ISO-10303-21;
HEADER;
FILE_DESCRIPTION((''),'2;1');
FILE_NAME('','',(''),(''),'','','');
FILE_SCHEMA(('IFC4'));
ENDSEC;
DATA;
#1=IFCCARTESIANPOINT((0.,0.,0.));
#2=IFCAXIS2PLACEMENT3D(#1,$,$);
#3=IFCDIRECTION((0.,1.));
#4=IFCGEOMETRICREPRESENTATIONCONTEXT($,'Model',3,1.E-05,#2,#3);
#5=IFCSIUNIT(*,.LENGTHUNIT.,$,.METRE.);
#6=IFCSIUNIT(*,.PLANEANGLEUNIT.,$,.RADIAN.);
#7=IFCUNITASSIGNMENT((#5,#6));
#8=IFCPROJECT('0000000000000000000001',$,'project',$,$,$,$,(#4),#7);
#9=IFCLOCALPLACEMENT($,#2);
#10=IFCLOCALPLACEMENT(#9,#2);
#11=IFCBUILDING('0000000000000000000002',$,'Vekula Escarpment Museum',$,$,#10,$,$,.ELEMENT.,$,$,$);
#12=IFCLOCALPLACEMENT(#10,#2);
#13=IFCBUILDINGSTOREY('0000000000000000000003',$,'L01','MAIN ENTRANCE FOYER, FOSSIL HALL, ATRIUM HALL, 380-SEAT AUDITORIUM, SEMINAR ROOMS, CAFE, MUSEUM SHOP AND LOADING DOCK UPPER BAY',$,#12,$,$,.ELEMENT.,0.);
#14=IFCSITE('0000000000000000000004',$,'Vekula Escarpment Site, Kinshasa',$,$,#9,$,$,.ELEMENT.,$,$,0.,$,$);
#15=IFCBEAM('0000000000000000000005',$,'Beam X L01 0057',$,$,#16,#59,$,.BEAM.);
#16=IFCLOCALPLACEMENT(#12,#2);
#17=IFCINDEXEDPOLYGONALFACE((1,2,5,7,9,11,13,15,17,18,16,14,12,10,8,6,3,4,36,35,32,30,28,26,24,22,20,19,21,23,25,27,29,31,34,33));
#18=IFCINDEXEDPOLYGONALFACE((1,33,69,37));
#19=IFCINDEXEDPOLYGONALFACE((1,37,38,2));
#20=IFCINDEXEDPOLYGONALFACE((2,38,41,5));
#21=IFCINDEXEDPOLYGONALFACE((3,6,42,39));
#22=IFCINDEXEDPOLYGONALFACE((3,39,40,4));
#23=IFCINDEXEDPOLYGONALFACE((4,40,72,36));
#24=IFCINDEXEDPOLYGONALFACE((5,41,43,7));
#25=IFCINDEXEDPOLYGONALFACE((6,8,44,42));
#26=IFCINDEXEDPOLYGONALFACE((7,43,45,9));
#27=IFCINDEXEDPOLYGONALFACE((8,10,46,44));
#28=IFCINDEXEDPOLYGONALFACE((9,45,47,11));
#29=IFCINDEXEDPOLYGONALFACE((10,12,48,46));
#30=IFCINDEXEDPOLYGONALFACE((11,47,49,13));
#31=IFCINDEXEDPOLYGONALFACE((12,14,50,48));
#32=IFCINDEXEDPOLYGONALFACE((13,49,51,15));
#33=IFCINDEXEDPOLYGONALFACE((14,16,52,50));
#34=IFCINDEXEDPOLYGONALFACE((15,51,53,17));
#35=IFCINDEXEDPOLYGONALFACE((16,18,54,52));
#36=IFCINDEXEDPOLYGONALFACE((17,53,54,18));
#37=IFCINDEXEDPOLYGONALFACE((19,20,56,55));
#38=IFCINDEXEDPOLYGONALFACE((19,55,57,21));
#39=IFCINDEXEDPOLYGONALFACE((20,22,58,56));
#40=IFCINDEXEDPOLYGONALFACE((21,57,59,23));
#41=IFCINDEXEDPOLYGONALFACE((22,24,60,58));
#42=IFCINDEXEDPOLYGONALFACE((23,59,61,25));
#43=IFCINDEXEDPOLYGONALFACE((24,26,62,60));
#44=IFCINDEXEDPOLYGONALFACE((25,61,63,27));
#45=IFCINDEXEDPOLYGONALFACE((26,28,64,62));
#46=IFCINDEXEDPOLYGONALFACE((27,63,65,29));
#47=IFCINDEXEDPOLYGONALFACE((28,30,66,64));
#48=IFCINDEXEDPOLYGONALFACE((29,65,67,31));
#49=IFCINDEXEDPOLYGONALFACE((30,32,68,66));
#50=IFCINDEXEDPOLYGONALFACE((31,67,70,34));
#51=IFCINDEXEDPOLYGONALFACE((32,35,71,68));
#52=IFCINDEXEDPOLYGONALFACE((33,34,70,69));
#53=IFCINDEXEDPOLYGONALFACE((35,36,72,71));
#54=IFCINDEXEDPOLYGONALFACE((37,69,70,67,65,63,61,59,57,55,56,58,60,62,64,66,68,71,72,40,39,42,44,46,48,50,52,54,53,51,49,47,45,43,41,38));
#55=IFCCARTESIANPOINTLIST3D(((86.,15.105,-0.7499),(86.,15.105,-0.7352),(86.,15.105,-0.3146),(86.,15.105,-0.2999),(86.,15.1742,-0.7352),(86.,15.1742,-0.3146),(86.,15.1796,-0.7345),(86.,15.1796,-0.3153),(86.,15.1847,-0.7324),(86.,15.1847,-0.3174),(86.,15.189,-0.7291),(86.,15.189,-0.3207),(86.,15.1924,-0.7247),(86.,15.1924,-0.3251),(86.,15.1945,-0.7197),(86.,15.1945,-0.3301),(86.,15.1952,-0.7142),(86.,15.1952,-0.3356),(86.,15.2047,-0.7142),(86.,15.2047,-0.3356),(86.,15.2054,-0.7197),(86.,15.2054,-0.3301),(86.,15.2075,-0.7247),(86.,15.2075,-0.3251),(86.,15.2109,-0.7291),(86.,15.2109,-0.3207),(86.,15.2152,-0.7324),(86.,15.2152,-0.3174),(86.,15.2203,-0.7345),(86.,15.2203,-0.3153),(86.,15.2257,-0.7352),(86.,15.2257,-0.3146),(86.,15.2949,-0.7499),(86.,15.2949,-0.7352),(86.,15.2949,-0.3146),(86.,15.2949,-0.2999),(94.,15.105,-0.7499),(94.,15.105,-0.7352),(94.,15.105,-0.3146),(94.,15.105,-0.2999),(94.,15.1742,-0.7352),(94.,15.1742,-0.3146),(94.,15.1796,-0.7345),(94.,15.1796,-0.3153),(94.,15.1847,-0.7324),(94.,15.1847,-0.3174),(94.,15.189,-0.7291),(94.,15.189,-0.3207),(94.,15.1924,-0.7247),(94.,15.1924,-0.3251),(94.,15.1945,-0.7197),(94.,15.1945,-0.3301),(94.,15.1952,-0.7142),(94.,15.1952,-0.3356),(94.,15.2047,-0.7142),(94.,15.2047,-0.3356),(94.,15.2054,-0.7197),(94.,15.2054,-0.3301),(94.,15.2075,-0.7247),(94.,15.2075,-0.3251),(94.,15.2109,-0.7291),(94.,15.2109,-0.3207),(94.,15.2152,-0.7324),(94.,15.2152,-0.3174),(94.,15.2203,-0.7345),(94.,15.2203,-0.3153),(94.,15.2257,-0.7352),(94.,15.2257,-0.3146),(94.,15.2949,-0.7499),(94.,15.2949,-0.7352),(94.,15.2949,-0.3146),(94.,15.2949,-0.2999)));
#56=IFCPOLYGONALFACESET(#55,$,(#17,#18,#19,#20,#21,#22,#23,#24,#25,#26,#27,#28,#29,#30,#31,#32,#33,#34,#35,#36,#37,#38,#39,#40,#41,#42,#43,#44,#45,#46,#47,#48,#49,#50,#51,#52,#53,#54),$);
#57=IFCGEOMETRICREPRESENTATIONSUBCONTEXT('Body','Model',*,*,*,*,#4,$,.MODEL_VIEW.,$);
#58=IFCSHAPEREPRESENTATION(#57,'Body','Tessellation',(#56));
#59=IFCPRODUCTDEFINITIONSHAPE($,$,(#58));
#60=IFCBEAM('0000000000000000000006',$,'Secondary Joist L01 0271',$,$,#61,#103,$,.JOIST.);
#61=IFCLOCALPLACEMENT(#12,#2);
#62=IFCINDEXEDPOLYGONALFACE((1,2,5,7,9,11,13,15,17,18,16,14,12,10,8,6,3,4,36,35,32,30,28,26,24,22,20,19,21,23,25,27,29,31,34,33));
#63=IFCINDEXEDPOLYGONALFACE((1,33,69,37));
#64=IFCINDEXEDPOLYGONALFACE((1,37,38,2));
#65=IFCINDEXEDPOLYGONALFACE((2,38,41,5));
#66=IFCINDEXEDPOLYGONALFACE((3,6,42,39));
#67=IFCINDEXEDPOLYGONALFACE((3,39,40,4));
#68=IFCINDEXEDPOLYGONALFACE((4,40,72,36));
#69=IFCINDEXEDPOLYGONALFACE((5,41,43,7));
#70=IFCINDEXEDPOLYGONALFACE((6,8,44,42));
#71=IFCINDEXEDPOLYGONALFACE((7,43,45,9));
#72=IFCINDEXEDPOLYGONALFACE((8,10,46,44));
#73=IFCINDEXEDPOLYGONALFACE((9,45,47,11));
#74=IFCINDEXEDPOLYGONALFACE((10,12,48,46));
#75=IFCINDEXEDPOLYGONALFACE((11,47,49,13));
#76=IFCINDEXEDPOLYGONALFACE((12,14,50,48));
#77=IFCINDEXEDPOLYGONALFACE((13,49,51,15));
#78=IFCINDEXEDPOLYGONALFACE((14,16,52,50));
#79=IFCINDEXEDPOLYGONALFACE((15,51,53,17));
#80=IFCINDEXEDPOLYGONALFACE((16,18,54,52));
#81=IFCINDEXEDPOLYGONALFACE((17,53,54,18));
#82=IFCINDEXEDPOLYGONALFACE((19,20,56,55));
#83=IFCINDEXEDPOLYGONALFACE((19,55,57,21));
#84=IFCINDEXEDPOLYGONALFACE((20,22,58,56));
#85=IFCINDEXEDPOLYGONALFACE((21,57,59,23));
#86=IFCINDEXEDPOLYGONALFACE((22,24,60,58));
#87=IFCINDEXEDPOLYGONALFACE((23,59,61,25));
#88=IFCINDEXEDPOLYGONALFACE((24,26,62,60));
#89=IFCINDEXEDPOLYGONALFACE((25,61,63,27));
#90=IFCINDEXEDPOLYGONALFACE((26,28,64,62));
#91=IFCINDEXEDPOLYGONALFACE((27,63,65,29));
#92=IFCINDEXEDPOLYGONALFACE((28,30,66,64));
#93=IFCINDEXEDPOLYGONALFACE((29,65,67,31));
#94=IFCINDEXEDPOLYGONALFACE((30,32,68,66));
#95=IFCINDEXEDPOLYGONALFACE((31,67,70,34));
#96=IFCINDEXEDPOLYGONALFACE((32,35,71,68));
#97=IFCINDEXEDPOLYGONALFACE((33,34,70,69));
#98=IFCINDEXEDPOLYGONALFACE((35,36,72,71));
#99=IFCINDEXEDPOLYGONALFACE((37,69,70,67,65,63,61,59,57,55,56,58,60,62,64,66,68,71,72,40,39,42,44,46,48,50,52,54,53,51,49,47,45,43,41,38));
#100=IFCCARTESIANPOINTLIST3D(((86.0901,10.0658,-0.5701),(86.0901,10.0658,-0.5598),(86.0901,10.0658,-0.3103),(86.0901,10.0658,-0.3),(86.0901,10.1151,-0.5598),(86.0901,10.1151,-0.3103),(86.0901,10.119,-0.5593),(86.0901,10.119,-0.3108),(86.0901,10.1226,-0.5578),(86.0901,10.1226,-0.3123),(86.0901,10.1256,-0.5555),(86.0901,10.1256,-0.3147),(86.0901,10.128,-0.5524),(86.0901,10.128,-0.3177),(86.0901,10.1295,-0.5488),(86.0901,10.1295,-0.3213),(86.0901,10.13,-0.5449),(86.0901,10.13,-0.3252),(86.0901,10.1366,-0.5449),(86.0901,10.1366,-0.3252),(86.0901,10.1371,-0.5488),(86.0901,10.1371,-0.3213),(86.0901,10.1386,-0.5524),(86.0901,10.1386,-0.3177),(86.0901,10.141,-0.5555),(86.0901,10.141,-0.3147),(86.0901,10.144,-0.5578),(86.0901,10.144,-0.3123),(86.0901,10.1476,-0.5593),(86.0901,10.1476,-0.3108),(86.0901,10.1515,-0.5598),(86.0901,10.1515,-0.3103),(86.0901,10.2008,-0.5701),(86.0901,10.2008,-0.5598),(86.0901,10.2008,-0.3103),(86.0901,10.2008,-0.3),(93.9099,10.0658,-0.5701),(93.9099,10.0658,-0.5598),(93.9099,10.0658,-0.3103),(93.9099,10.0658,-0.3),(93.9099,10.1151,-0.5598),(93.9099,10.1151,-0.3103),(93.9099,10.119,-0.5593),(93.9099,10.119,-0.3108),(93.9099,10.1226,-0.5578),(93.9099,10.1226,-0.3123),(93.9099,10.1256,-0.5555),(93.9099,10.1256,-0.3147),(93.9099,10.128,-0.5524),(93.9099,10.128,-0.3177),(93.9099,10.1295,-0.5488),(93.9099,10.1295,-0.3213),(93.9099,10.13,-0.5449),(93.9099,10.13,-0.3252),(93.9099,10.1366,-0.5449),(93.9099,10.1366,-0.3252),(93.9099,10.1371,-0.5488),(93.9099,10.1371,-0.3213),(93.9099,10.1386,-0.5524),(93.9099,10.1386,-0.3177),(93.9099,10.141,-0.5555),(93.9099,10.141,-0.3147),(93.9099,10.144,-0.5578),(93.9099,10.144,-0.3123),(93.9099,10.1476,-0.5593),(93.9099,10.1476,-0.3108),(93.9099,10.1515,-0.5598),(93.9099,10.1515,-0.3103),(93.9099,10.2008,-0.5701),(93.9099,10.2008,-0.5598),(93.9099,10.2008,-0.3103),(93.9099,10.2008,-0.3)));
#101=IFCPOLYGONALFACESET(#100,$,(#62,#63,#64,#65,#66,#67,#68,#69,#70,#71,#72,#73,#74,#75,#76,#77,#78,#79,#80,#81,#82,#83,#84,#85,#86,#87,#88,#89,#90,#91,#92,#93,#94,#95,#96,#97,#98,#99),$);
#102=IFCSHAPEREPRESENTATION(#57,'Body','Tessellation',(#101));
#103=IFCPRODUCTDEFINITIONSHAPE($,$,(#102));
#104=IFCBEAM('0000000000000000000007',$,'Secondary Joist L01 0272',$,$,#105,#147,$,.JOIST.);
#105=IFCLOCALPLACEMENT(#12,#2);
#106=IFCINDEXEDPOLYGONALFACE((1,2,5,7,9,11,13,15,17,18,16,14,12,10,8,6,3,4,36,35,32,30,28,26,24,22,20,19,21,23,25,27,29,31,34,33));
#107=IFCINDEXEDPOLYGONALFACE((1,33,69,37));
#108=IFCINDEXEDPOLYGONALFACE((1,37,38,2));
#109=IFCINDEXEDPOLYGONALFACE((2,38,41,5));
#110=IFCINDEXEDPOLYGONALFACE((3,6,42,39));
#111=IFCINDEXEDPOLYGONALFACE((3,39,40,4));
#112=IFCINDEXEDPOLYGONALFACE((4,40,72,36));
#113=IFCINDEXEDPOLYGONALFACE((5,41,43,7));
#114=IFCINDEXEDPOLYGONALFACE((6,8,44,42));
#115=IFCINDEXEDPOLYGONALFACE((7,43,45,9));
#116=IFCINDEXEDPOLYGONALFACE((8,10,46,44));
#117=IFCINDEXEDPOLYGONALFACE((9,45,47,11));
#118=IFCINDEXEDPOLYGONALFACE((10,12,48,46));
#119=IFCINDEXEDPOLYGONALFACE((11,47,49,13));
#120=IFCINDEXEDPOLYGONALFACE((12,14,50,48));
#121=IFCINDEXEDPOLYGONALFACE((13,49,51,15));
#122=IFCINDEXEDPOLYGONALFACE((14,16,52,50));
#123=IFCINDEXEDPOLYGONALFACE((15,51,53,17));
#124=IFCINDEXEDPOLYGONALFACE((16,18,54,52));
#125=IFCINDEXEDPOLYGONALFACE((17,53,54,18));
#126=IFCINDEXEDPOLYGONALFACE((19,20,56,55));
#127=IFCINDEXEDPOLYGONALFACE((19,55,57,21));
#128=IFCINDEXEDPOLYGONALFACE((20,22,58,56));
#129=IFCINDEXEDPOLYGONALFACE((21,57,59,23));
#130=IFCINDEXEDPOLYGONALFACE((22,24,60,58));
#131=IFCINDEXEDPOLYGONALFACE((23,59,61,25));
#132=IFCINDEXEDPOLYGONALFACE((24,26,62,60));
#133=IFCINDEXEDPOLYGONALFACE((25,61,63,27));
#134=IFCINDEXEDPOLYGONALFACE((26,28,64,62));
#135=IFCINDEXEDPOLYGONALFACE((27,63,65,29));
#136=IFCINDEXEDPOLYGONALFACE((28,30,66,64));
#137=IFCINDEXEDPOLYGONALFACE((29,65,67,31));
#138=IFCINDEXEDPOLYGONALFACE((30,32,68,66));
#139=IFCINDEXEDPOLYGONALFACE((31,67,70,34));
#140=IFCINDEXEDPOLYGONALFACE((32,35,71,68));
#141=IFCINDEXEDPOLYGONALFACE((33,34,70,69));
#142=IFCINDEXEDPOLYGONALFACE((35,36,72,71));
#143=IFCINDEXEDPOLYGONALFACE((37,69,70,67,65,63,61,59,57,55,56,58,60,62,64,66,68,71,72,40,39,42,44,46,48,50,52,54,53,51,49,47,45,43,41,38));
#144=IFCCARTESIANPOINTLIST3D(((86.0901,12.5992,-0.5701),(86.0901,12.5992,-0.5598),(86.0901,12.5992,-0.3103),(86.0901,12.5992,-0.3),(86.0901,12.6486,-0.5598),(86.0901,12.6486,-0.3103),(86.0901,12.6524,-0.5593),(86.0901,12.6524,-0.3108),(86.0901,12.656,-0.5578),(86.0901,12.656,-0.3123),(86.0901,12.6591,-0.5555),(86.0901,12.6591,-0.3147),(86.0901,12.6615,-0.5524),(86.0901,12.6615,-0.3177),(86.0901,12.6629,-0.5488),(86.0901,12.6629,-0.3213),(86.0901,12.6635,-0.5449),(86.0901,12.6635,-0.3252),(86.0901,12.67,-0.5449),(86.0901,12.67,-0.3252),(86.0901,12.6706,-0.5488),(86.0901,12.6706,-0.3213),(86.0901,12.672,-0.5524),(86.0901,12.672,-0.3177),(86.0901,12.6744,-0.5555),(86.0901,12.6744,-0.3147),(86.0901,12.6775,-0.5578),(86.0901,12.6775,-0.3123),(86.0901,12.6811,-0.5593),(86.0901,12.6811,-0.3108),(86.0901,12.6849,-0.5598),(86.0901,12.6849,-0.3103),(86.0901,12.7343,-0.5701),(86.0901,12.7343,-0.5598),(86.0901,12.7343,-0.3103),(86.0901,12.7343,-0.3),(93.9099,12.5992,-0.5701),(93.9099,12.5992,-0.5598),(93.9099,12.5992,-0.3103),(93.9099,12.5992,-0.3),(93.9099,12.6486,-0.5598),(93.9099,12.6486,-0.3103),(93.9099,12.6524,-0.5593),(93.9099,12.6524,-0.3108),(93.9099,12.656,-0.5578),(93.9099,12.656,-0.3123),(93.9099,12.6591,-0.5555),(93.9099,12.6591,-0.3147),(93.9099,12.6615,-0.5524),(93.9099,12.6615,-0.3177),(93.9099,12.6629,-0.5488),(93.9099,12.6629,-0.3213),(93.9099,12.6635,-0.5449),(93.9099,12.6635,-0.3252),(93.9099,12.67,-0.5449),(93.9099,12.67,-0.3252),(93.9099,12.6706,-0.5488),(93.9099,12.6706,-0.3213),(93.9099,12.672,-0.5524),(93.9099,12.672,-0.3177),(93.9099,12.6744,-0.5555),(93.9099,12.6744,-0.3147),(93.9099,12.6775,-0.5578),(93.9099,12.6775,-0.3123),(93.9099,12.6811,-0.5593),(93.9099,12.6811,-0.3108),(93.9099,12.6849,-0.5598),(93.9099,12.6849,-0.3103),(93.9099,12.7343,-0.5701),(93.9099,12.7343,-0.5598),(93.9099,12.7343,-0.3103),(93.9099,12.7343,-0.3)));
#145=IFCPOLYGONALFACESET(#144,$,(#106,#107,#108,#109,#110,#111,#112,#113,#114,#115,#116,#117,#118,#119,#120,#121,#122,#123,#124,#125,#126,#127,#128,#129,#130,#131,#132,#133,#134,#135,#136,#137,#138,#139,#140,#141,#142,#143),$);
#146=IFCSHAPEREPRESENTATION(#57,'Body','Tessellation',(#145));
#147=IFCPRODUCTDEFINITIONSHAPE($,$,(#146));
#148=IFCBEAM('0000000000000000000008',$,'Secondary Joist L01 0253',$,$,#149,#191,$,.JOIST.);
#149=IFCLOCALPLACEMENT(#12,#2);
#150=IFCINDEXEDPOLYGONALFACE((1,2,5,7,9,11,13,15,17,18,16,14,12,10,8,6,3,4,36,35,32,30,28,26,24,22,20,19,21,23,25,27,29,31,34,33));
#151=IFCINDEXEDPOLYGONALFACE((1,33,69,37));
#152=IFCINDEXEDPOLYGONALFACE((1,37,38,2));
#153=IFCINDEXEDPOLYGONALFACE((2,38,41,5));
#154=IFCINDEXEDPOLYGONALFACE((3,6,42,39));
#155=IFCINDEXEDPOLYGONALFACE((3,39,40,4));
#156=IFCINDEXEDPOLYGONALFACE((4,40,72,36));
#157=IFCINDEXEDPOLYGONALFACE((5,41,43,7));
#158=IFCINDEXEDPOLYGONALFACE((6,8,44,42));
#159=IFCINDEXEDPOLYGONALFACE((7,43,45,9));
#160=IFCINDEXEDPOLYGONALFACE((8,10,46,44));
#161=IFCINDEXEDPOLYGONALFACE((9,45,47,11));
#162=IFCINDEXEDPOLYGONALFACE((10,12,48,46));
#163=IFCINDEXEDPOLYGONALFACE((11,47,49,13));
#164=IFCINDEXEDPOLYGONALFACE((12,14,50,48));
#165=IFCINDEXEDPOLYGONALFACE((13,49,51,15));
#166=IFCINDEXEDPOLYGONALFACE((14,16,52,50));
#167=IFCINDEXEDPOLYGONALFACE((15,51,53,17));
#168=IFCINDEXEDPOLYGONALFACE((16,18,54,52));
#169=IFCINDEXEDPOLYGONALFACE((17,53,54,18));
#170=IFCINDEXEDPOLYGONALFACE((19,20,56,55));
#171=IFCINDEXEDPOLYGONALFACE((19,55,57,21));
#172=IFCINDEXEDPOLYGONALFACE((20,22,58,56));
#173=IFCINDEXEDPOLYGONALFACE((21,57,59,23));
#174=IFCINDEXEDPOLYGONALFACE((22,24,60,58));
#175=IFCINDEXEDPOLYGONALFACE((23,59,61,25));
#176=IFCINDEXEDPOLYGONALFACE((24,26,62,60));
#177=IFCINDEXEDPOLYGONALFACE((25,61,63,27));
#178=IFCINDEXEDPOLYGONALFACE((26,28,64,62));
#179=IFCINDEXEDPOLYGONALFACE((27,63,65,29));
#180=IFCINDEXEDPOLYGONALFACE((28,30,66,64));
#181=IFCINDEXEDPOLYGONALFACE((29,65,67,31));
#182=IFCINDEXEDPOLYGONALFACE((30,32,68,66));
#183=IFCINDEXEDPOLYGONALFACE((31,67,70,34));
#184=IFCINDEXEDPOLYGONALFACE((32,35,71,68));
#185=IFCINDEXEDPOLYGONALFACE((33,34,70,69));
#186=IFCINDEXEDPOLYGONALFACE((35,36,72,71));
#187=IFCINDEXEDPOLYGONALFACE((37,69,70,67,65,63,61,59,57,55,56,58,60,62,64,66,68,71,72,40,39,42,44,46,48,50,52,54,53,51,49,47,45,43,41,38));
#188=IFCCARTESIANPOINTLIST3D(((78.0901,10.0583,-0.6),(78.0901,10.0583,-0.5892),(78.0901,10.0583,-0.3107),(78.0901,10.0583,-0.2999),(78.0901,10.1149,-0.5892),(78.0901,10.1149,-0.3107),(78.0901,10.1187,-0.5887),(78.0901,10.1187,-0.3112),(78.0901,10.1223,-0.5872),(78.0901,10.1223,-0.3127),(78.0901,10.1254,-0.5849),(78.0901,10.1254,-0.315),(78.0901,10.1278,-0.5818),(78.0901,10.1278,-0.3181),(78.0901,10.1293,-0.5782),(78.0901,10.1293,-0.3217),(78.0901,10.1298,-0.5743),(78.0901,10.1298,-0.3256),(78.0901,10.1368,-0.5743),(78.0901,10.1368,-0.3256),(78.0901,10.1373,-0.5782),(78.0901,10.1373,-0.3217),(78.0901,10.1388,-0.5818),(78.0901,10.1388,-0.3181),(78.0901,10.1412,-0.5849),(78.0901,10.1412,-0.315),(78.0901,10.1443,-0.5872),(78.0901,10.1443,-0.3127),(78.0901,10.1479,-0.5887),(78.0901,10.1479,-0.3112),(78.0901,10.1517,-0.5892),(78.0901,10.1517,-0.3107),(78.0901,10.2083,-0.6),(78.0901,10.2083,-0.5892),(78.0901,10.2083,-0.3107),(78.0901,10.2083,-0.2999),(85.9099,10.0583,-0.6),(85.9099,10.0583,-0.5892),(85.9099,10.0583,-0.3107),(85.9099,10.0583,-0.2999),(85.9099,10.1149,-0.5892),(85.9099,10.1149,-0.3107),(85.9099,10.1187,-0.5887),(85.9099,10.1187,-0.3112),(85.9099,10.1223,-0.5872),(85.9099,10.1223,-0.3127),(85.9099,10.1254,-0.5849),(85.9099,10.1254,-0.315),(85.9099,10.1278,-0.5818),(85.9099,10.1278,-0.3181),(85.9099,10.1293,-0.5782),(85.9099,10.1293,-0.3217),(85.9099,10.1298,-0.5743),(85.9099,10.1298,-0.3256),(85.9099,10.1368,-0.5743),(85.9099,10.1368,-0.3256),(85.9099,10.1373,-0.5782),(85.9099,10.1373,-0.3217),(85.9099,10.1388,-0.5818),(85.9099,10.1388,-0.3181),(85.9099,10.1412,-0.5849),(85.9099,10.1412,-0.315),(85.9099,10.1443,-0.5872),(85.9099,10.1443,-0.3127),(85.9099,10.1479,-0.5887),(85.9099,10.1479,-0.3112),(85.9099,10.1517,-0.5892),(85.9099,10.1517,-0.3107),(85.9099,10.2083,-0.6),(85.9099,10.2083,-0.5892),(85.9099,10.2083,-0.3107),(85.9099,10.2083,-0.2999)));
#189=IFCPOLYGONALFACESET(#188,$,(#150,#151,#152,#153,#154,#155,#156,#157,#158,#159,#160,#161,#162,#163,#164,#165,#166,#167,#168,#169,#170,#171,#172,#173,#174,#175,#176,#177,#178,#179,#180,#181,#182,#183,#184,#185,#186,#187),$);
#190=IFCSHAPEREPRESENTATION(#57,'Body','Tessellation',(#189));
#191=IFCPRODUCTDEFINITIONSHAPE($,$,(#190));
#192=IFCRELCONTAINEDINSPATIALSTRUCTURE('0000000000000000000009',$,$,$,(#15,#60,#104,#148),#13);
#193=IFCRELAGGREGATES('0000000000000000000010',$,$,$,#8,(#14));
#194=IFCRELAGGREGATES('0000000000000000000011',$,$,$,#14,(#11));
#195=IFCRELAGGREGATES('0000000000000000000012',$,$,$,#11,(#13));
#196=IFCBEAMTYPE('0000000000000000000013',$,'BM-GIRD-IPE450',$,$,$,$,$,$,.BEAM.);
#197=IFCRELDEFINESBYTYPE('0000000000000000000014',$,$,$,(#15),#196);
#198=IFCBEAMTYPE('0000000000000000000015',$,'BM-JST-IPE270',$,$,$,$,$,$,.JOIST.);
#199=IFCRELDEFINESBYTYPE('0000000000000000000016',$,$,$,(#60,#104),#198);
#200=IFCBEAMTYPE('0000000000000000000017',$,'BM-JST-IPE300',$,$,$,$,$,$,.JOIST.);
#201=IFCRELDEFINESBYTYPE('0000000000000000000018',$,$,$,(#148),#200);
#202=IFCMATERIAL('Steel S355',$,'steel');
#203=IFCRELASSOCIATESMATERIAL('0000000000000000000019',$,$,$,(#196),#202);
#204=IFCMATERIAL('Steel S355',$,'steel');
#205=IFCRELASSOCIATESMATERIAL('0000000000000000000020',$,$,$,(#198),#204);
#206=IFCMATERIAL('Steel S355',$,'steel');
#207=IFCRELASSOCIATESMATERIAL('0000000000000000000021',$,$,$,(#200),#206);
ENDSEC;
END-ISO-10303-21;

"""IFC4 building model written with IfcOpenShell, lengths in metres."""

from ifc_helpers import new_model, si_unit, direction, frame, origin, origin_2d, place, context, subcontext, project, spatial, i_section, extrude, material, material_profile, profile_set, type_object, element, save


model = new_model("IFC4")

# Units and contexts
model_context = context("Model", 3, precision=1e-05, world=origin(), true_north=direction((0.0, 1.0)))
body_context = subcontext(model_context, "Body", "Model", "MODEL_VIEW")
ifc_project = project(units=[si_unit("LENGTHUNIT", "METRE"), si_unit("PLANEANGLEUNIT", "RADIAN")], contexts=[model_context])

# Site, building, storey
site_placement = place(None, origin())
site = spatial("IfcSite", under=ifc_project, at=site_placement, Name="Vekula Escarpment Site, Kinshasa", CompositionType="ELEMENT", RefElevation=0.0)
building_placement = place(site_placement, origin())
building = spatial("IfcBuilding", under=site, at=building_placement, Name="Vekula Escarpment Museum", CompositionType="ELEMENT")
storey_placement = place(building_placement, origin())
storey = spatial("IfcBuildingStorey", under=building, at=storey_placement, Name="L01", Description="MAIN ENTRANCE FOYER, FOSSIL HALL, ATRIUM HALL, 380-SEAT AUDITORIUM, SEMINAR ROOMS, CAFE, MUSEUM SHOP AND LOADING DOCK UPPER BAY", CompositionType="ELEMENT", Elevation=0.0)

# Beams
ifc_material_1 = material(Name="Steel S355", Category="steel")
ifc_material_profile_1 = material_profile(ifc_material_1, i_section(OverallWidth=0.1899, OverallDepth=0.45, WebThickness=0.0095, FlangeThickness=0.0146, FilletRadius=0.021, at=origin_2d()), Name="IPE 450")
ifc_profile_set_1 = profile_set([ifc_material_profile_1], Name="Steel S355")
beam_type_1 = type_object("IfcBeamType", Name="BM-GIRD-IPE450", PredefinedType="BEAM", material=ifc_profile_set_1)
beam_1_placement = place(storey_placement, frame((86.0, 15.2, -0.5249), z_axis=(1.0, 0.0, 0.0), x_axis=(0.0, 1.0, 0.0)))
element("IfcBeam", 1, at=beam_1_placement, inside=storey, type_object=beam_type_1, Name="Beam X L01 0057", PredefinedType="BEAM", context=body_context, shape_type="SweptSolid", body=[
    extrude(i_section(OverallWidth=0.1899, OverallDepth=0.45, WebThickness=0.0095, FlangeThickness=0.0146, FilletRadius=0.021, at=origin_2d()), origin(), (0.0, 0.0, 1.0), 8.0),
])
ifc_material_2 = material(Name="Steel S355", Category="steel")
ifc_material_profile_2 = material_profile(ifc_material_2, i_section(OverallWidth=0.135, OverallDepth=0.27, WebThickness=0.0066, FlangeThickness=0.0103, FilletRadius=0.0149, at=origin_2d()), Name="IPE 270")
ifc_profile_set_2 = profile_set([ifc_material_profile_2], Name="Steel S355")
beam_type_2 = type_object("IfcBeamType", Name="BM-JST-IPE270", PredefinedType="JOIST", material=ifc_profile_set_2)
for number, where, z_axis, x_axis, name in (
    (2, (86.0901, 10.1333, -0.4351), (1.0, 0.0, 0.0), (0.0, 1.0, 0.0), "Secondary Joist L01 0271"),
    (3, (86.0901, 12.6667, -0.4351), (1.0, 0.0, 0.0), (0.0, 1.0, 0.0), "Secondary Joist L01 0272"),
):
    element("IfcBeam", number, at=place(storey_placement, frame(where, z_axis=z_axis, x_axis=x_axis)), inside=storey, type_object=beam_type_2, Name=name, PredefinedType="JOIST", context=body_context, shape_type="SweptSolid", body=[
        extrude(i_section(OverallWidth=0.135, OverallDepth=0.27, WebThickness=0.0066, FlangeThickness=0.0103, FilletRadius=0.0149, at=origin_2d()), origin(), (0.0, 0.0, 1.0), 7.8198),
    ])
ifc_material_3 = material(Name="Steel S355", Category="steel")
ifc_material_profile_3 = material_profile(ifc_material_3, i_section(OverallWidth=0.1499, OverallDepth=0.3, WebThickness=0.0071, FlangeThickness=0.0107, FilletRadius=0.0149, at=origin_2d()), Name="IPE 300")
ifc_profile_set_3 = profile_set([ifc_material_profile_3], Name="Steel S355")
beam_type_3 = type_object("IfcBeamType", Name="BM-JST-IPE300", PredefinedType="JOIST", material=ifc_profile_set_3)
for number, where, z_axis, x_axis, name in (
    (4, (78.0901, 10.1333, -0.45), (1.0, 0.0, 0.0), (0.0, 1.0, 0.0), "Secondary Joist L01 0253"),
):
    element("IfcBeam", number, at=place(storey_placement, frame(where, z_axis=z_axis, x_axis=x_axis)), inside=storey, type_object=beam_type_3, Name=name, PredefinedType="JOIST", context=body_context, shape_type="SweptSolid", body=[
        extrude(i_section(OverallWidth=0.1499, OverallDepth=0.3, WebThickness=0.0071, FlangeThickness=0.0107, FilletRadius=0.0149, at=origin_2d()), origin(), (0.0, 0.0, 1.0), 7.8198),
    ])

save(model, "model.ifc")
